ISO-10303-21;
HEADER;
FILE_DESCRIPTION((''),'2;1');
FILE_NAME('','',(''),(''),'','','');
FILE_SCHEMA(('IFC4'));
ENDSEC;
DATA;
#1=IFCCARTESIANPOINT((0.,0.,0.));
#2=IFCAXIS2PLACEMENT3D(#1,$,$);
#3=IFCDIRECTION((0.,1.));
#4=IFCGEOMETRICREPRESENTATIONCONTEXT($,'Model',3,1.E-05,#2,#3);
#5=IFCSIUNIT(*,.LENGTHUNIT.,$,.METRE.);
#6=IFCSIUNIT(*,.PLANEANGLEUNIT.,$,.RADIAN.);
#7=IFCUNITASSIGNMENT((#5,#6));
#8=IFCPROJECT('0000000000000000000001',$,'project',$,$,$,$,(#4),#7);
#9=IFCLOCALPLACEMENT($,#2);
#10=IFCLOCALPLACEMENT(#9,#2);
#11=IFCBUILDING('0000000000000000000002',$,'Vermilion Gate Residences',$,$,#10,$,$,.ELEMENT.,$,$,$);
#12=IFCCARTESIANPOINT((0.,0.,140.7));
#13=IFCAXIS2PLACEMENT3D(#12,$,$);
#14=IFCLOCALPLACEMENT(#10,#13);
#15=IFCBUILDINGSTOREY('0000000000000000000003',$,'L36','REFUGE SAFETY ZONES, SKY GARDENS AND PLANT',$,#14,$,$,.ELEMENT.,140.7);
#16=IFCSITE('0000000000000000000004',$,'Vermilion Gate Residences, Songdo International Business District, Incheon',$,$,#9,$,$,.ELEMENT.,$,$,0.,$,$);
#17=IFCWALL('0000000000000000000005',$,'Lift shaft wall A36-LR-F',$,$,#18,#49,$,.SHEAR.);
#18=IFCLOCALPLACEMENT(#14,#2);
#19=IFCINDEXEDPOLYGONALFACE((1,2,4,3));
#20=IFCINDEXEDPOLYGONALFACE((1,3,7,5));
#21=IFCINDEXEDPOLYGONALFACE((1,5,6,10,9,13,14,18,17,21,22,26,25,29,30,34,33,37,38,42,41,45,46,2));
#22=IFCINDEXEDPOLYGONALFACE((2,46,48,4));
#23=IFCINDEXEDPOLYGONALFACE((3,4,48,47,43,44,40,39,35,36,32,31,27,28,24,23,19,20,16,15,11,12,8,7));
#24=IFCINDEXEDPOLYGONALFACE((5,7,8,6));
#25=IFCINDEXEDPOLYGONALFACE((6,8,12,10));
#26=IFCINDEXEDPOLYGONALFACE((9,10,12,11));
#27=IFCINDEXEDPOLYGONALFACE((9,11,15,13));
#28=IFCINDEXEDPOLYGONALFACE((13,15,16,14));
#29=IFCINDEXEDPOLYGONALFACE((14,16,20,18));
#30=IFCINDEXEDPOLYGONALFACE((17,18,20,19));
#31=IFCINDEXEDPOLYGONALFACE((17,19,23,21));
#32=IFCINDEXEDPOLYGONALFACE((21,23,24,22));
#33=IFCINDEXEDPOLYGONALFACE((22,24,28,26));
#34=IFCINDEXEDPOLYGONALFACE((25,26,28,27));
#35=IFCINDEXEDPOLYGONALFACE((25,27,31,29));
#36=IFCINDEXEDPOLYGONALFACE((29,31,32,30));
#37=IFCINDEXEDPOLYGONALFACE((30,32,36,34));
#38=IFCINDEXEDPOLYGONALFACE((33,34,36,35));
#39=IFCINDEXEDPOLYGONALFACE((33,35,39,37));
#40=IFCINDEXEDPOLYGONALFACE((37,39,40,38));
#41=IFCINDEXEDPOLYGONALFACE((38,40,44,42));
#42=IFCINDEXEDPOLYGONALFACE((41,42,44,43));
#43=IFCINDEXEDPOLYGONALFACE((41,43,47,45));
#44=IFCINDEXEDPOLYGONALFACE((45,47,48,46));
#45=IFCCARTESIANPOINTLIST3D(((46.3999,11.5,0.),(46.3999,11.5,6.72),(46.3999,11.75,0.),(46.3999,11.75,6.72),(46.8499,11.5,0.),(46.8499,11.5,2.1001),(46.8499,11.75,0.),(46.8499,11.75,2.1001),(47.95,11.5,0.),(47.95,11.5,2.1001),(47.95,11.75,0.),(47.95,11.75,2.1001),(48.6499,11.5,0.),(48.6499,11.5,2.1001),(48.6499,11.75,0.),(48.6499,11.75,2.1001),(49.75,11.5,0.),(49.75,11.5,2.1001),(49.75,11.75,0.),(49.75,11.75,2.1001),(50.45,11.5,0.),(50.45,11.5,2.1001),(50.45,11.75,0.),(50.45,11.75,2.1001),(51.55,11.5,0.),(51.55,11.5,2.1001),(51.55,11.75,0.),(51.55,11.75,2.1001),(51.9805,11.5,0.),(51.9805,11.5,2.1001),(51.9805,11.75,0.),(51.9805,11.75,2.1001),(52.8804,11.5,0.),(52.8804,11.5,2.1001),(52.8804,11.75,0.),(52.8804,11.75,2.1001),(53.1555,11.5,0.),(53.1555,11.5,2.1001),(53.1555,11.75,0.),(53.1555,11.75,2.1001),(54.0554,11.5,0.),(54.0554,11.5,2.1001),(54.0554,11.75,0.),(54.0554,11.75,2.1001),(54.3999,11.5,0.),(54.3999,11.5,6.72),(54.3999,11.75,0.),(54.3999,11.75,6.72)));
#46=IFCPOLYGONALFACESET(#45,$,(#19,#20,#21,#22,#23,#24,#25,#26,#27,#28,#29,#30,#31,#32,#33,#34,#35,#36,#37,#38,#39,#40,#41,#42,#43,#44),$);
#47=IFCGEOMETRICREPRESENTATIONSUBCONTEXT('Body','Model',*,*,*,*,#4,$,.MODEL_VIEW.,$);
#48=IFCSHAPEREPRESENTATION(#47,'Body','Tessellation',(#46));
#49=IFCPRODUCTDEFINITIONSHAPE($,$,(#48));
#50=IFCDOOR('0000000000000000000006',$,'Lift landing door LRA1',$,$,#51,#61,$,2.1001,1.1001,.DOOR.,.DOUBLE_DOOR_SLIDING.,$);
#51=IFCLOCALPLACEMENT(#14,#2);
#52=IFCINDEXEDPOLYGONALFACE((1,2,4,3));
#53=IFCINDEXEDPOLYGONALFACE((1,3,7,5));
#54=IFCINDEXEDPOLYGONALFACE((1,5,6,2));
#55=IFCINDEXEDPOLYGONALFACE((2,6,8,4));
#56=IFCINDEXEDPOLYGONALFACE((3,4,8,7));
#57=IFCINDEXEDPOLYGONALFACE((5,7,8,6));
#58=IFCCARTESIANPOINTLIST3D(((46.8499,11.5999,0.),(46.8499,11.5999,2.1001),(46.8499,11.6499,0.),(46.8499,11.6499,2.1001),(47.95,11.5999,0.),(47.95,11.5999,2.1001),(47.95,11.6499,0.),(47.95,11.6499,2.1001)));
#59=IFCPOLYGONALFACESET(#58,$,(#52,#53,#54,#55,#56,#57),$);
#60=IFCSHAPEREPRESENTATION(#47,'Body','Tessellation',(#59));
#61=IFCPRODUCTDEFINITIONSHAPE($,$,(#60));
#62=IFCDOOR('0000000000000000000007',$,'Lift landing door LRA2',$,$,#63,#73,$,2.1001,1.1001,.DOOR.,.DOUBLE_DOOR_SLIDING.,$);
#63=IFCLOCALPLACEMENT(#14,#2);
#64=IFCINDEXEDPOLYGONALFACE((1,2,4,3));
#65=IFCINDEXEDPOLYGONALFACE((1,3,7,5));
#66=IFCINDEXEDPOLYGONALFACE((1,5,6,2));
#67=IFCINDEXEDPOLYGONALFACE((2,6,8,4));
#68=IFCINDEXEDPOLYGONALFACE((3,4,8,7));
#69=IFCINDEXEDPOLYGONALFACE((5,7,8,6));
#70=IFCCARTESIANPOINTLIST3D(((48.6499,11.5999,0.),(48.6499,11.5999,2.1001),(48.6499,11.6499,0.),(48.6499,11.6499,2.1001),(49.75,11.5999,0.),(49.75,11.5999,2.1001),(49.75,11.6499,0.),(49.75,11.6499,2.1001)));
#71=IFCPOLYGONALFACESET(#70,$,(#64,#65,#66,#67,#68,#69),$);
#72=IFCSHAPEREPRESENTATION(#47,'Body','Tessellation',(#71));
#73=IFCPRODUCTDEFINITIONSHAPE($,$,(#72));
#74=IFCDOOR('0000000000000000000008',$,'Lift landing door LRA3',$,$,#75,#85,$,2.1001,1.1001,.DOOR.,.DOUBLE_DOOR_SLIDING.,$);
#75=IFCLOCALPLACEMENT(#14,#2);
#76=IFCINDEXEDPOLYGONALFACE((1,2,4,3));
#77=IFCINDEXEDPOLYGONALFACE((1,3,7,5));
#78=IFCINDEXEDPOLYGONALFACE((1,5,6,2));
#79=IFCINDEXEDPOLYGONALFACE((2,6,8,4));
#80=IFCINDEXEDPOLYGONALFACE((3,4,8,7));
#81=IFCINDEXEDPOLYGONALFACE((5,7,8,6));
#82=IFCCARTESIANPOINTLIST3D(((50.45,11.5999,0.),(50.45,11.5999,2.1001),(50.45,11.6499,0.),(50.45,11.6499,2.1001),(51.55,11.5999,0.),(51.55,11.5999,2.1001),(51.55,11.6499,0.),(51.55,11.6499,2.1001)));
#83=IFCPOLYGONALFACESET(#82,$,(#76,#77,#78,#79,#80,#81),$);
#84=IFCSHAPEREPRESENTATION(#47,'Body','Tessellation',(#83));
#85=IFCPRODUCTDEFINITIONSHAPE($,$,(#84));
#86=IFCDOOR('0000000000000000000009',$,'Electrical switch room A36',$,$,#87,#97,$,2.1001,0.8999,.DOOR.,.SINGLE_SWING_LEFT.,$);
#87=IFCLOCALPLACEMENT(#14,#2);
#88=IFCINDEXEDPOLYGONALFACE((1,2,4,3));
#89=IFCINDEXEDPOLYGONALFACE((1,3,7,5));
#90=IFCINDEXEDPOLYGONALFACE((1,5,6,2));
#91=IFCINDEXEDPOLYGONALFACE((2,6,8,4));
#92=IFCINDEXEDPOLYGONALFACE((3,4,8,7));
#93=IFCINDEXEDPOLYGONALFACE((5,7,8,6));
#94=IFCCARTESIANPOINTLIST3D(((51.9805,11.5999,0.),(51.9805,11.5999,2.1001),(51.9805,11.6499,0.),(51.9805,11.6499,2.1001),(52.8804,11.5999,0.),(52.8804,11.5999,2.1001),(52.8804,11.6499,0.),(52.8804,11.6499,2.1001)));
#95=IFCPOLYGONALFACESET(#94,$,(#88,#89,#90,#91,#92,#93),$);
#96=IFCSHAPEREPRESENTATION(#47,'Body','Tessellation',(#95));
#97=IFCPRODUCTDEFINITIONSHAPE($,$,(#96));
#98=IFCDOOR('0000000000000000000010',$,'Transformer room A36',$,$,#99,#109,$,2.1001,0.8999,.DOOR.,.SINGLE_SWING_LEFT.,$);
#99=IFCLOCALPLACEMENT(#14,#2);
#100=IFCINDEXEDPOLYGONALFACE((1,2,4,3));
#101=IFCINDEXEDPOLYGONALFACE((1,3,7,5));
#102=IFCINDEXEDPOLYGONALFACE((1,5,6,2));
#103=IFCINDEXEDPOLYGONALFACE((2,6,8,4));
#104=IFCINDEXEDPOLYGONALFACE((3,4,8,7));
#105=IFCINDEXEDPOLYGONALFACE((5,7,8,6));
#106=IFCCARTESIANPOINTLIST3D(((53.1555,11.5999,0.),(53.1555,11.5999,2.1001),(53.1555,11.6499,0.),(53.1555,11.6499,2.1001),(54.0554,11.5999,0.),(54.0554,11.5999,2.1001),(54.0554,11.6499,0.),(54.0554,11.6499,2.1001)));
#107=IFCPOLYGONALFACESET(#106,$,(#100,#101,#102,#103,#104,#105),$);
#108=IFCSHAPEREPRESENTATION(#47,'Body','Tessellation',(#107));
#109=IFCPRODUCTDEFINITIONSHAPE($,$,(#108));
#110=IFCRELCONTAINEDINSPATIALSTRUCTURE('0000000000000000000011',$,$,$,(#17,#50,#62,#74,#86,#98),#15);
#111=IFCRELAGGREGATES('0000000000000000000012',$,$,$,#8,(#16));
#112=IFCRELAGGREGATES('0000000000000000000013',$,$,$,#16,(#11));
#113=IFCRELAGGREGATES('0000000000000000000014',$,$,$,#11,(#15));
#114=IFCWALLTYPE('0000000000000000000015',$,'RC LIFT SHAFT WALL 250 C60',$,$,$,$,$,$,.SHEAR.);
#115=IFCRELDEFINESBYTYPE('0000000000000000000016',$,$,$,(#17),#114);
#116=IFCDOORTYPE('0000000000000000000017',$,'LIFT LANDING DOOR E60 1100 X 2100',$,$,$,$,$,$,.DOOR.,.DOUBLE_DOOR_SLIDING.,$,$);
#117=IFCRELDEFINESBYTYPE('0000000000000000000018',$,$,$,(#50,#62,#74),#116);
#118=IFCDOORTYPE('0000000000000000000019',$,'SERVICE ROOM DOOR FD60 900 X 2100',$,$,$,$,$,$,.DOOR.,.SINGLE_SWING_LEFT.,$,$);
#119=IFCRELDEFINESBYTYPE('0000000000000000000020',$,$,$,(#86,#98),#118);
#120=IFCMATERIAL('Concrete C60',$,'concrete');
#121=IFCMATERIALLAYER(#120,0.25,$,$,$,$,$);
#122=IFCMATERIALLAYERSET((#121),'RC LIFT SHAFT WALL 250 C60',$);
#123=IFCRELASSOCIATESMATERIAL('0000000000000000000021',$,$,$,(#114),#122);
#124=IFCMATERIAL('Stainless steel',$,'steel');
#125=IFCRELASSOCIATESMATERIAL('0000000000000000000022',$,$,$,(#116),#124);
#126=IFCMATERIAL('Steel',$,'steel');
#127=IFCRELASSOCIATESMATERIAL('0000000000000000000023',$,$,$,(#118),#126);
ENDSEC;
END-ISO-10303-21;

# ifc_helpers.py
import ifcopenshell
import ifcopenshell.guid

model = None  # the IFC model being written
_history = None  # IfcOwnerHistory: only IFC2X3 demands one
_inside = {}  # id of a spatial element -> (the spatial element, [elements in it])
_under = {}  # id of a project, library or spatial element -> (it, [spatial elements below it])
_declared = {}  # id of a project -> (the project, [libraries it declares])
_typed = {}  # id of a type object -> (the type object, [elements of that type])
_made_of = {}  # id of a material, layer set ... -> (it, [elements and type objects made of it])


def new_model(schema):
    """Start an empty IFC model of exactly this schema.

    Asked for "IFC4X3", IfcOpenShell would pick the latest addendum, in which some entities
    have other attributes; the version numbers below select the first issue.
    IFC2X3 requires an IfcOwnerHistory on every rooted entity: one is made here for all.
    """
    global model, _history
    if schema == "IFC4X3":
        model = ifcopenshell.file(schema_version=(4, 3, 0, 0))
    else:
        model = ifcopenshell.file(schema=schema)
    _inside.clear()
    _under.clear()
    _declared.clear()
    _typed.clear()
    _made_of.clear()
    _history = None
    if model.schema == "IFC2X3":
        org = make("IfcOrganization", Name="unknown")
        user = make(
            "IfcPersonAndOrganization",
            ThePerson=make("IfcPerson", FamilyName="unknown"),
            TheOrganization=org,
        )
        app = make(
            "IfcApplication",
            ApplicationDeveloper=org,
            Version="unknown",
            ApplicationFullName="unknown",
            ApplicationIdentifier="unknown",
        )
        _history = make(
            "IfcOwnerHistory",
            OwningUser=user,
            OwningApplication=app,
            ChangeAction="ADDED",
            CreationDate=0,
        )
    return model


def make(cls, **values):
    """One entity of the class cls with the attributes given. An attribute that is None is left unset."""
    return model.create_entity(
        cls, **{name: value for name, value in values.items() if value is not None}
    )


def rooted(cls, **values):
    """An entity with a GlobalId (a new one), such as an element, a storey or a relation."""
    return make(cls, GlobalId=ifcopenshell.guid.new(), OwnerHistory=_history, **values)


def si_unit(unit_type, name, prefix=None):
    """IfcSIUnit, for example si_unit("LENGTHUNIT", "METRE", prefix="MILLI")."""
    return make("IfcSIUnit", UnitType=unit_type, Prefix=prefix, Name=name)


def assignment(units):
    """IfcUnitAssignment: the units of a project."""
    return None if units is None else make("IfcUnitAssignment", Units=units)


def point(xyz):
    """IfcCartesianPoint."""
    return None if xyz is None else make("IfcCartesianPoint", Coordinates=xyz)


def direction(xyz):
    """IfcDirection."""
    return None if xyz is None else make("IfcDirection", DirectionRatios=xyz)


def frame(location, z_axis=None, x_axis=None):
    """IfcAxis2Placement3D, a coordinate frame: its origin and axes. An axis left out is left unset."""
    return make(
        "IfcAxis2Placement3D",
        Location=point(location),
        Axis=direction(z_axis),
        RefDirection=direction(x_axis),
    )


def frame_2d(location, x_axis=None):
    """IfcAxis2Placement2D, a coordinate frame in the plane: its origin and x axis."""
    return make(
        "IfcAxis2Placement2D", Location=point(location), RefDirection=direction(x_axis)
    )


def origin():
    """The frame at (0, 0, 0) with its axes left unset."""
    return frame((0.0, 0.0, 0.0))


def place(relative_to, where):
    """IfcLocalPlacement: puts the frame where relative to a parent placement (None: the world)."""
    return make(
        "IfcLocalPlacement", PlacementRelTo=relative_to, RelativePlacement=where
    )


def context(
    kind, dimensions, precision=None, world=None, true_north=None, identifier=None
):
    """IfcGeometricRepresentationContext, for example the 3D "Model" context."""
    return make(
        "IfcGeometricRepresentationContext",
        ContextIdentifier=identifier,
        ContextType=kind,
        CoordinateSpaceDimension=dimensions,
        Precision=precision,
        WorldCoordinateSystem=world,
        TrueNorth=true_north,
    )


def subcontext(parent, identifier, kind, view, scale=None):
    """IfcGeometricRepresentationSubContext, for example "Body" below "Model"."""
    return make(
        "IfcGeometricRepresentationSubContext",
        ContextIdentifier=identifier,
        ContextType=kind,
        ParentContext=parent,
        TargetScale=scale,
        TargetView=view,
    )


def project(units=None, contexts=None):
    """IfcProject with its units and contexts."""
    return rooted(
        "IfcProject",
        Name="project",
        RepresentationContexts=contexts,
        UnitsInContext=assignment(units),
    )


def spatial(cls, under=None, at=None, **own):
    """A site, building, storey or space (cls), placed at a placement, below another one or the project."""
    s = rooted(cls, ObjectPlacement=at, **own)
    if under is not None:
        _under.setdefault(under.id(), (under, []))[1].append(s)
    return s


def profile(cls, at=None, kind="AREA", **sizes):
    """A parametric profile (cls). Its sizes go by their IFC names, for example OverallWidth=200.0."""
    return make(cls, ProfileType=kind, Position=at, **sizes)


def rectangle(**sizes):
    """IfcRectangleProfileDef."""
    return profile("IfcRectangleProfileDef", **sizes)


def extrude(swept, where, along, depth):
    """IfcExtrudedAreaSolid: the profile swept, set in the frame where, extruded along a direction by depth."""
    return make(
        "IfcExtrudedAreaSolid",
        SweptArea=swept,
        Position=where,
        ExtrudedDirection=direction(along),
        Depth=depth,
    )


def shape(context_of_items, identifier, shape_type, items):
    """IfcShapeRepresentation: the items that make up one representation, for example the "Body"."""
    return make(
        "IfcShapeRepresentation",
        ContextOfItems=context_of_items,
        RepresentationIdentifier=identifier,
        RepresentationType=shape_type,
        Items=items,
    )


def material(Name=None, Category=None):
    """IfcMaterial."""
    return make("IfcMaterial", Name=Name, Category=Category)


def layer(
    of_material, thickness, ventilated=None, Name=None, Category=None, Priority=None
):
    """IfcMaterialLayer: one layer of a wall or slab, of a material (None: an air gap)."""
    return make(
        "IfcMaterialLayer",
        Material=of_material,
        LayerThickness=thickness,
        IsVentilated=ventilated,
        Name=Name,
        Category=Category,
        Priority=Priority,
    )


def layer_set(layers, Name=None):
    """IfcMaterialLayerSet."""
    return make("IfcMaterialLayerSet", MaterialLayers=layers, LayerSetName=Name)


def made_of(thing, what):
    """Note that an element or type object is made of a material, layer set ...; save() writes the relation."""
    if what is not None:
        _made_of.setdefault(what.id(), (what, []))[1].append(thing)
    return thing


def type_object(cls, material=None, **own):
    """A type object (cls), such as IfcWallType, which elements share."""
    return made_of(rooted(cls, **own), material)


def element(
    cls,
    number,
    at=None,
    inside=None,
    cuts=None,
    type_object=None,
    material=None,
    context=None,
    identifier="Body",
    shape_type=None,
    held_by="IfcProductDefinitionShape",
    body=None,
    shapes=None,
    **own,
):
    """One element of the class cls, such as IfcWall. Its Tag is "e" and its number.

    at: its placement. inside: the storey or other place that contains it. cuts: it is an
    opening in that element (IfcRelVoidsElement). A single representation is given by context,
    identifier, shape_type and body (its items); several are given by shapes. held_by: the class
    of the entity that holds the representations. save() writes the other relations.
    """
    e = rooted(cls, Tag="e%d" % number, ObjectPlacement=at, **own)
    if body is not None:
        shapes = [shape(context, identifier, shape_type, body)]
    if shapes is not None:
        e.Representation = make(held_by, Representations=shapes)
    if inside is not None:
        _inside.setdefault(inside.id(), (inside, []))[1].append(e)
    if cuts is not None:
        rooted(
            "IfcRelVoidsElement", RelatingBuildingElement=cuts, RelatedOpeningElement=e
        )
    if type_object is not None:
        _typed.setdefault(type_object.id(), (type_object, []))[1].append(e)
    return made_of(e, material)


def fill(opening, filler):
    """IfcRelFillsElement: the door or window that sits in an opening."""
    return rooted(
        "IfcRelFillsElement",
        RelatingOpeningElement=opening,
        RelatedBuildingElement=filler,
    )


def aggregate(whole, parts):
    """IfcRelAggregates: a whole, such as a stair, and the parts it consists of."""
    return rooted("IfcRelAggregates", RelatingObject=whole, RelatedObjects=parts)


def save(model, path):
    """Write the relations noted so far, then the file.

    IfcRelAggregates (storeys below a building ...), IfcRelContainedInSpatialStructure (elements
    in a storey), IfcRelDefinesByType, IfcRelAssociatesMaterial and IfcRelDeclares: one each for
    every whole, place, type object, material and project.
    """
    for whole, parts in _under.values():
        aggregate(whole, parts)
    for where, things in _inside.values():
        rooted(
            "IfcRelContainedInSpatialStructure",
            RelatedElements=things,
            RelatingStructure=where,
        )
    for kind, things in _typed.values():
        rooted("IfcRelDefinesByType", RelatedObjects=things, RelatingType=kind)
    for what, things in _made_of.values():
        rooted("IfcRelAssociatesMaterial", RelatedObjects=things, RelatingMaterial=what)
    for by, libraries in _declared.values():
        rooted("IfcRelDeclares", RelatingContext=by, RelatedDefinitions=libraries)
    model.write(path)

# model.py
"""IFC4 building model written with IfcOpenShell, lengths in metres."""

from ifc_helpers import new_model, si_unit, direction, frame, frame_2d, origin, place, context, subcontext, project, spatial, rectangle, extrude, material, layer, layer_set, type_object, element, fill, save


model = new_model("IFC4")

# Units and contexts
model_context = context("Model", 3, precision=1e-05, world=origin(), true_north=direction((0.0, 1.0)))
body_context = subcontext(model_context, "Body", "Model", "MODEL_VIEW")
ifc_project = project(units=[si_unit("LENGTHUNIT", "METRE"), si_unit("PLANEANGLEUNIT", "RADIAN")], contexts=[model_context])

# Site, building, storey
site_placement = place(None, origin())
site = spatial("IfcSite", under=ifc_project, at=site_placement, Name="Vermilion Gate Residences, Songdo International Business District, Incheon", CompositionType="ELEMENT", RefElevation=0.0)
building_placement = place(site_placement, origin())
building = spatial("IfcBuilding", under=site, at=building_placement, Name="Vermilion Gate Residences", CompositionType="ELEMENT")
storey_placement = place(building_placement, frame((0.0, 0.0, 140.7)))
storey = spatial("IfcBuildingStorey", under=building, at=storey_placement, Name="L36", Description="REFUGE SAFETY ZONES, SKY GARDENS AND PLANT", CompositionType="ELEMENT", Elevation=140.7)

# Wall, openings, doors
ifc_material_1 = material(Name="Concrete C60", Category="concrete")
ifc_layer_1 = layer(ifc_material_1, 0.25)
ifc_layer_set_1 = layer_set([ifc_layer_1], Name="RC LIFT SHAFT WALL 250 C60")
wall_type_1 = type_object("IfcWallType", Name="RC LIFT SHAFT WALL 250 C60", PredefinedType="SHEAR", material=ifc_layer_set_1)
wall_1_placement = place(storey_placement, frame((46.3999, 11.625, 0.0), z_axis=(0.0, 0.0, 1.0), x_axis=(1.0, 0.0, 0.0)))
wall_1 = element("IfcWall", 1, at=wall_1_placement, inside=storey, type_object=wall_type_1, Name="Lift shaft wall A36-LR-F", PredefinedType="SHEAR", context=body_context, shape_type="SweptSolid", body=[
    extrude(rectangle(XDim=8.0, YDim=0.25, at=frame_2d((4.0, 0.0))), origin(), (0.0, 0.0, 1.0), 6.72),
])
opening_1_placement = place(wall_1_placement, frame((0.45, 0.0, 0.0)))
opening_1 = element("IfcOpeningElement", 2, at=opening_1_placement, cuts=wall_1, PredefinedType="OPENING", context=body_context, shape_type="SweptSolid", body=[
    extrude(rectangle(XDim=1.1001, YDim=2.1001, at=frame_2d((0.55, 1.05))), frame((0.0, 0.135, 0.0), z_axis=(0.0, -1.0, 0.0), x_axis=(1.0, 0.0, 0.0)), (0.0, 0.0, 1.0), 0.27),
])
opening_2_placement = place(wall_1_placement, frame((2.25, 0.0, 0.0)))
opening_2 = element("IfcOpeningElement", 3, at=opening_2_placement, cuts=wall_1, PredefinedType="OPENING", context=body_context, shape_type="SweptSolid", body=[
    extrude(rectangle(XDim=1.1001, YDim=2.1001, at=frame_2d((0.55, 1.05))), frame((0.0, 0.135, 0.0), z_axis=(0.0, -1.0, 0.0), x_axis=(1.0, 0.0, 0.0)), (0.0, 0.0, 1.0), 0.27),
])
opening_3_placement = place(wall_1_placement, frame((4.05, 0.0, 0.0)))
opening_3 = element("IfcOpeningElement", 4, at=opening_3_placement, cuts=wall_1, PredefinedType="OPENING", context=body_context, shape_type="SweptSolid", body=[
    extrude(rectangle(XDim=1.1001, YDim=2.1001, at=frame_2d((0.55, 1.05))), frame((0.0, 0.135, 0.0), z_axis=(0.0, -1.0, 0.0), x_axis=(1.0, 0.0, 0.0)), (0.0, 0.0, 1.0), 0.27),
])
opening_4_placement = place(wall_1_placement, frame((5.5806, 0.0, 0.0)))
opening_4 = element("IfcOpeningElement", 5, at=opening_4_placement, cuts=wall_1, PredefinedType="OPENING", context=body_context, shape_type="SweptSolid", body=[
    extrude(rectangle(XDim=0.8999, YDim=2.1001, at=frame_2d((0.45, 1.05))), frame((0.0, 0.135, 0.0), z_axis=(0.0, -1.0, 0.0), x_axis=(1.0, 0.0, 0.0)), (0.0, 0.0, 1.0), 0.27),
])
opening_5_placement = place(wall_1_placement, frame((6.7556, 0.0, 0.0)))
opening_5 = element("IfcOpeningElement", 6, at=opening_5_placement, cuts=wall_1, PredefinedType="OPENING", context=body_context, shape_type="SweptSolid", body=[
    extrude(rectangle(XDim=0.8999, YDim=2.1001, at=frame_2d((0.45, 1.05))), frame((0.0, 0.135, 0.0), z_axis=(0.0, -1.0, 0.0), x_axis=(1.0, 0.0, 0.0)), (0.0, 0.0, 1.0), 0.27),
])
ifc_material_2 = material(Name="Stainless steel", Category="steel")
door_type_1 = type_object("IfcDoorType", Name="LIFT LANDING DOOR E60 1100 X 2100", OperationType="DOUBLE_DOOR_SLIDING", PredefinedType="DOOR", material=ifc_material_2)
door_1_placement = place(opening_1_placement, origin())
door_1 = element("IfcDoor", 7, at=door_1_placement, inside=storey, type_object=door_type_1, Name="Lift landing door LRA1", OperationType="DOUBLE_DOOR_SLIDING", OverallHeight=2.1001, OverallWidth=1.1001, PredefinedType="DOOR", context=body_context, shape_type="SweptSolid", body=[
    extrude(rectangle(XDim=1.1001, YDim=2.1001, at=frame_2d((0.55, 1.05))), frame((0.0, 0.0249, 0.0), z_axis=(0.0, -1.0, 0.0), x_axis=(1.0, 0.0, 0.0)), (0.0, 0.0, 1.0), 0.05),
])
fill(opening_1, door_1)
door_2_placement = place(opening_2_placement, origin())
door_2 = element("IfcDoor", 8, at=door_2_placement, inside=storey, type_object=door_type_1, Name="Lift landing door LRA2", OperationType="DOUBLE_DOOR_SLIDING", OverallHeight=2.1001, OverallWidth=1.1001, PredefinedType="DOOR", context=body_context, shape_type="SweptSolid", body=[
    extrude(rectangle(XDim=1.1001, YDim=2.1001, at=frame_2d((0.55, 1.05))), frame((0.0, 0.0249, 0.0), z_axis=(0.0, -1.0, 0.0), x_axis=(1.0, 0.0, 0.0)), (0.0, 0.0, 1.0), 0.05),
])
fill(opening_2, door_2)
door_3_placement = place(opening_3_placement, origin())
door_3 = element("IfcDoor", 9, at=door_3_placement, inside=storey, type_object=door_type_1, Name="Lift landing door LRA3", OperationType="DOUBLE_DOOR_SLIDING", OverallHeight=2.1001, OverallWidth=1.1001, PredefinedType="DOOR", context=body_context, shape_type="SweptSolid", body=[
    extrude(rectangle(XDim=1.1001, YDim=2.1001, at=frame_2d((0.55, 1.05))), frame((0.0, 0.0249, 0.0), z_axis=(0.0, -1.0, 0.0), x_axis=(1.0, 0.0, 0.0)), (0.0, 0.0, 1.0), 0.05),
])
fill(opening_3, door_3)
ifc_material_3 = material(Name="Steel", Category="steel")
door_type_2 = type_object("IfcDoorType", Name="SERVICE ROOM DOOR FD60 900 X 2100", OperationType="SINGLE_SWING_LEFT", PredefinedType="DOOR", material=ifc_material_3)
door_4_placement = place(opening_4_placement, origin())
door_4 = element("IfcDoor", 10, at=door_4_placement, inside=storey, type_object=door_type_2, Name="Electrical switch room A36", OperationType="SINGLE_SWING_LEFT", OverallHeight=2.1001, OverallWidth=0.8999, PredefinedType="DOOR", context=body_context, shape_type="SweptSolid", body=[
    extrude(rectangle(XDim=0.8999, YDim=2.1001, at=frame_2d((0.45, 1.05))), frame((0.0, 0.0249, 0.0), z_axis=(0.0, -1.0, 0.0), x_axis=(1.0, 0.0, 0.0)), (0.0, 0.0, 1.0), 0.05),
])
fill(opening_4, door_4)
door_5_placement = place(opening_5_placement, origin())
door_5 = element("IfcDoor", 11, at=door_5_placement, inside=storey, type_object=door_type_2, Name="Transformer room A36", OperationType="SINGLE_SWING_LEFT", OverallHeight=2.1001, OverallWidth=0.8999, PredefinedType="DOOR", context=body_context, shape_type="SweptSolid", body=[
    extrude(rectangle(XDim=0.8999, YDim=2.1001, at=frame_2d((0.45, 1.05))), frame((0.0, 0.0249, 0.0), z_axis=(0.0, -1.0, 0.0), x_axis=(1.0, 0.0, 0.0)), (0.0, 0.0, 1.0), 0.05),
])
fill(opening_5, door_5)

save(model, "model.ifc")
